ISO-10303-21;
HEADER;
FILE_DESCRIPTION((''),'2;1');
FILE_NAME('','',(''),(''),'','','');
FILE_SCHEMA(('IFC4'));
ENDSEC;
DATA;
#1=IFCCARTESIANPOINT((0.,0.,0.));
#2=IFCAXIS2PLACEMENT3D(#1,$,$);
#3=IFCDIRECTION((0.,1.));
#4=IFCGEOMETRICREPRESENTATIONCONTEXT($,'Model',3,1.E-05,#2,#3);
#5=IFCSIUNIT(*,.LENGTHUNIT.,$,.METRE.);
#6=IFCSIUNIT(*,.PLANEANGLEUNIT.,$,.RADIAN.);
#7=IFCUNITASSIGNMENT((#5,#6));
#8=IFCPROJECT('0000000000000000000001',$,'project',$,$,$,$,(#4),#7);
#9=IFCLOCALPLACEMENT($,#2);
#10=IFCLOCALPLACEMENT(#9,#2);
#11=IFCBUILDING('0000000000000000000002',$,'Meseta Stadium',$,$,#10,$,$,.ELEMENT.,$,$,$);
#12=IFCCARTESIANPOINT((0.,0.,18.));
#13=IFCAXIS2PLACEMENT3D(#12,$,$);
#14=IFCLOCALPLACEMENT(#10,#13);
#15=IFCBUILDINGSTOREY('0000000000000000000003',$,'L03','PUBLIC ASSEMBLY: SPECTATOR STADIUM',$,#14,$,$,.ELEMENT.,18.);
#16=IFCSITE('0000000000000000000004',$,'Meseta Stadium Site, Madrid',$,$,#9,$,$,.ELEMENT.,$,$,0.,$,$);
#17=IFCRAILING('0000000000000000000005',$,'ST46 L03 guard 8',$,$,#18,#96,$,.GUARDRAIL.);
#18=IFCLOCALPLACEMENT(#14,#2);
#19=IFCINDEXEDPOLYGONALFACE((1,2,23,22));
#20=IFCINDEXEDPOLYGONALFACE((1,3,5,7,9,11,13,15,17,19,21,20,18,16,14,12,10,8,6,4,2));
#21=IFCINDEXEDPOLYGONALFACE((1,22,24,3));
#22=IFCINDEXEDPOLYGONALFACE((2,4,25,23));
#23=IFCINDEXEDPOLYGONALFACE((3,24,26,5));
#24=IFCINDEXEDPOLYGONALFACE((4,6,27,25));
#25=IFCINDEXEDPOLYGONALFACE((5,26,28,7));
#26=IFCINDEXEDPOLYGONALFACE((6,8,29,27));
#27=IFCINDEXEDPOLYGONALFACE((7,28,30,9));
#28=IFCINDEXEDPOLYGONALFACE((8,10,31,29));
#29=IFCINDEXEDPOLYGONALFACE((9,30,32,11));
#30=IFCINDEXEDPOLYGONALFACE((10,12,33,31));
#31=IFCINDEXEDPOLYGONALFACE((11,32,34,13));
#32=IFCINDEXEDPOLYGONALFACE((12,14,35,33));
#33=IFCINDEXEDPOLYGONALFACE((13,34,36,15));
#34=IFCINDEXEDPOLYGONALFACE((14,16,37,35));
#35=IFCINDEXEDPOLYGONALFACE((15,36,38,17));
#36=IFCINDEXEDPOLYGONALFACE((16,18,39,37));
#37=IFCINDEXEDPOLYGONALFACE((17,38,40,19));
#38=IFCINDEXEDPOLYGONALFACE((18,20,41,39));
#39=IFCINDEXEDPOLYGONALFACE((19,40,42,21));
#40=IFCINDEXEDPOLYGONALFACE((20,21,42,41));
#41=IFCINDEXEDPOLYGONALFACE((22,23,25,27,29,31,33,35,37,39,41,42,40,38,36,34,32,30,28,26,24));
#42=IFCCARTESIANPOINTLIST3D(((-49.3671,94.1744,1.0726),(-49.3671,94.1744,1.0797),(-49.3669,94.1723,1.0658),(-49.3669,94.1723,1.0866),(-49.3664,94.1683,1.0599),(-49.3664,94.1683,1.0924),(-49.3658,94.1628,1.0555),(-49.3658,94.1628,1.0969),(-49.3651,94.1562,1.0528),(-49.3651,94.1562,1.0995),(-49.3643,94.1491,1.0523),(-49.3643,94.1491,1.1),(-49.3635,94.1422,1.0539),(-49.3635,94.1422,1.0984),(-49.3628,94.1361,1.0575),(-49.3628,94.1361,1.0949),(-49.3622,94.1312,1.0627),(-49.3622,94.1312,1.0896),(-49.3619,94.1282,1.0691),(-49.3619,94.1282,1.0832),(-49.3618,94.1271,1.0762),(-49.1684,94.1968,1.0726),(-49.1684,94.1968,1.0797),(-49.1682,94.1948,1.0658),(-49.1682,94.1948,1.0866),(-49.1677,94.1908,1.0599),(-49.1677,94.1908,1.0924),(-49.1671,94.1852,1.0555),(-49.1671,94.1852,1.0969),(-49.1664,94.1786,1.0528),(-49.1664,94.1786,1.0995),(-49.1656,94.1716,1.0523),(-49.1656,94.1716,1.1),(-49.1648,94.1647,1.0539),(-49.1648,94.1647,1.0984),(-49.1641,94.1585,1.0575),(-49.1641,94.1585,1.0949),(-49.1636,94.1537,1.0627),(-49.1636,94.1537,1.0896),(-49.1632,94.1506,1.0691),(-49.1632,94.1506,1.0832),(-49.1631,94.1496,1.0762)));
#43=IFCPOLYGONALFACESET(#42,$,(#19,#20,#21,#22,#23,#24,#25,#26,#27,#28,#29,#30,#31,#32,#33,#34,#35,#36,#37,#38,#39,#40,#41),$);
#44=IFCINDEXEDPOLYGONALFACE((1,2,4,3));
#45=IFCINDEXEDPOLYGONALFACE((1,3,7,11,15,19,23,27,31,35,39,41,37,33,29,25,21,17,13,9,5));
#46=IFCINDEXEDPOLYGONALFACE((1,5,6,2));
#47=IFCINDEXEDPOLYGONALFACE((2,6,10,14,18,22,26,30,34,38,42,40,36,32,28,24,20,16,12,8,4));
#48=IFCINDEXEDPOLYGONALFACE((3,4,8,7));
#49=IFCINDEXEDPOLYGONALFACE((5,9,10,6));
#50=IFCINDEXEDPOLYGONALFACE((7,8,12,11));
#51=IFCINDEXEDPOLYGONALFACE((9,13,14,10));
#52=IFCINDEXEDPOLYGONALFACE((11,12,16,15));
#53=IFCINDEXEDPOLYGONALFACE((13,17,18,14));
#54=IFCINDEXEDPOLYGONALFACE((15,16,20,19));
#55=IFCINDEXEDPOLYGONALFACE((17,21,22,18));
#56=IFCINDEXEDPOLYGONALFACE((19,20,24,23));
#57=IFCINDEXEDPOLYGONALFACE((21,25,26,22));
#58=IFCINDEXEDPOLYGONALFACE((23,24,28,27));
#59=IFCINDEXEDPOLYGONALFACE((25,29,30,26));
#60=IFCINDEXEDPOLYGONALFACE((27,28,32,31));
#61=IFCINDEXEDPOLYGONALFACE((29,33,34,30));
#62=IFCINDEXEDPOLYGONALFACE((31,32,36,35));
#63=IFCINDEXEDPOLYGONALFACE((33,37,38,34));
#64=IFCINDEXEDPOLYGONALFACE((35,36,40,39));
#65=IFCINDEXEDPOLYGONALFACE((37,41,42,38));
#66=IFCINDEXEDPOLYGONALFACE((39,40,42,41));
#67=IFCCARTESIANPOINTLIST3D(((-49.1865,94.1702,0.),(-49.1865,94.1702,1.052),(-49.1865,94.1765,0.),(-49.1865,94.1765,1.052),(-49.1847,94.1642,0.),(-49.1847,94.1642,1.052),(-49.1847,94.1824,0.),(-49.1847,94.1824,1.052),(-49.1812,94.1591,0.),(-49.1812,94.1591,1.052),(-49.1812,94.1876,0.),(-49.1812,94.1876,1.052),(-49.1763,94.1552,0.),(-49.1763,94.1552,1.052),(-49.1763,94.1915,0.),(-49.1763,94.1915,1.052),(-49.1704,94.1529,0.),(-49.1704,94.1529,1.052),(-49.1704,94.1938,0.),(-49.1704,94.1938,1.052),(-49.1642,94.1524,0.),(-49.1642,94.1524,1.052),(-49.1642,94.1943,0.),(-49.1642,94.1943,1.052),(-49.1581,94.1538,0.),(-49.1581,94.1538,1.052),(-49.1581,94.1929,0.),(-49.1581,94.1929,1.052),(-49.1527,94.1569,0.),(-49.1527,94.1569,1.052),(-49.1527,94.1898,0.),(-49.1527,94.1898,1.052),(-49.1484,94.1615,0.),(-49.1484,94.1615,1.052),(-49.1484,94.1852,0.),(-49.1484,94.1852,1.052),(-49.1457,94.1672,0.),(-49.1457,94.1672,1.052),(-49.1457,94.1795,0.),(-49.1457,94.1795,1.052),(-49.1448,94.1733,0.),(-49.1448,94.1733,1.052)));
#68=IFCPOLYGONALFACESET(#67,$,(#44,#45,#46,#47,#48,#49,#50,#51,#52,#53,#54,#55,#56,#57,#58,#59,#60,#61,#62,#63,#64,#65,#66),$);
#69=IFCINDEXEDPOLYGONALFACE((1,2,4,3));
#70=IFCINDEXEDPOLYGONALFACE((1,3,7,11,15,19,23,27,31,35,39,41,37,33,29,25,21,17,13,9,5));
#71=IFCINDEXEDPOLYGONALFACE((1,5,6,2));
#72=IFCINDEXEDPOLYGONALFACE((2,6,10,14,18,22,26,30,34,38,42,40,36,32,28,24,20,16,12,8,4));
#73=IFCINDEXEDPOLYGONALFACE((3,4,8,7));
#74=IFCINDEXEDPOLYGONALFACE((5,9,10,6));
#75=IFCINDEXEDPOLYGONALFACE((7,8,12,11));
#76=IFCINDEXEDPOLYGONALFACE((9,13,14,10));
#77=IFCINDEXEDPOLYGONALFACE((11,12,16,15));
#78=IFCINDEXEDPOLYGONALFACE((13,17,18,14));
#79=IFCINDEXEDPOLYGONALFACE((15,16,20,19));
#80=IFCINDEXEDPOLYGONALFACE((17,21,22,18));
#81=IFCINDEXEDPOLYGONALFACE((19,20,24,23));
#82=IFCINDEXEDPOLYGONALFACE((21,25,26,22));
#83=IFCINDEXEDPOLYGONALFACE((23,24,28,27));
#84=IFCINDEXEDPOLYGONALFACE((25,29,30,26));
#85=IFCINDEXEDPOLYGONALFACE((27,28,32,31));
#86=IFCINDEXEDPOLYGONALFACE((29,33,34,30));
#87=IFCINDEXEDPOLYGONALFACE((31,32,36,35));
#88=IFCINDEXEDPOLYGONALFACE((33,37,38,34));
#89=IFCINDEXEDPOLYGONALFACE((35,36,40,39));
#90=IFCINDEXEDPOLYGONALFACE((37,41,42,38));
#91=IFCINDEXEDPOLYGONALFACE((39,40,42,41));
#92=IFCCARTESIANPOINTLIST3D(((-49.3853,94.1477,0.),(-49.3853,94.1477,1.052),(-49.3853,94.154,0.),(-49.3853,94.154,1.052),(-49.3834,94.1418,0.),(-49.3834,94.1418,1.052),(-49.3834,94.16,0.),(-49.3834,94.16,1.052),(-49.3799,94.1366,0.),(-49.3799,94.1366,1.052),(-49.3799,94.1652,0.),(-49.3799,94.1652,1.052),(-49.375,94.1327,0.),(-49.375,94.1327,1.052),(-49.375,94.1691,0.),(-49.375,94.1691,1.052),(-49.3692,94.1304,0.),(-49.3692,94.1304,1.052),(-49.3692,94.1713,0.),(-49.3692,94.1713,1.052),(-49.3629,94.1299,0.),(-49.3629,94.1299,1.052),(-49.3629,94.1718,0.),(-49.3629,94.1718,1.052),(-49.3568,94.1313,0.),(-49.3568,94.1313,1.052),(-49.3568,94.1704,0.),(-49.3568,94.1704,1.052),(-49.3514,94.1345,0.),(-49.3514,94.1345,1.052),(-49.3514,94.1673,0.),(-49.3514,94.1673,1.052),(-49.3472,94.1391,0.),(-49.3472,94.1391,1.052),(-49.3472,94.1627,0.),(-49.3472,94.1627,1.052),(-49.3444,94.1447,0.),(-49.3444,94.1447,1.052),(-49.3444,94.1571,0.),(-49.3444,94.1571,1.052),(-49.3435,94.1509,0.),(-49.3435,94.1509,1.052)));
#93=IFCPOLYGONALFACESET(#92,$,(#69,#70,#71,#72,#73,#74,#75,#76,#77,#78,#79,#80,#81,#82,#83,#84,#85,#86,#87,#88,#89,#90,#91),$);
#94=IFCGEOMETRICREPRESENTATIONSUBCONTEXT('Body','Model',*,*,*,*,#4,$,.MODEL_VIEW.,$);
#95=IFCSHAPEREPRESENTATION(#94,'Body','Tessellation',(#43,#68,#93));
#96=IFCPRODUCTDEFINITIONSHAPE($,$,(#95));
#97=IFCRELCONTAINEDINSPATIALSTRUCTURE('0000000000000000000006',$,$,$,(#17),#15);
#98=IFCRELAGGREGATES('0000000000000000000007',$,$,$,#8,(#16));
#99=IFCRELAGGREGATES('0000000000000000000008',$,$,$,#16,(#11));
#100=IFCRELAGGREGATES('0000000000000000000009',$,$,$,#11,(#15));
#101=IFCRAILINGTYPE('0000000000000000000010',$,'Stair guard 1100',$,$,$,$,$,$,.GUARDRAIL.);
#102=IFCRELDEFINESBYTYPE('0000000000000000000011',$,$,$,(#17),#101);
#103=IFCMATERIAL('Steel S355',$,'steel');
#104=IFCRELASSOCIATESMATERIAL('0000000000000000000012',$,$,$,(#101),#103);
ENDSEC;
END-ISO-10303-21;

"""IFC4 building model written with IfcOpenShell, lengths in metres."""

from ifc_helpers import new_model, si_unit, direction, frame, origin, origin_2d, place, context, subcontext, project, spatial, circle, extrude, material, type_object, element, save


model = new_model("IFC4")

# Units and contexts
model_context = context("Model", 3, precision=1e-05, world=origin(), true_north=direction((0.0, 1.0)))
body_context = subcontext(model_context, "Body", "Model", "MODEL_VIEW")
ifc_project = project(units=[si_unit("LENGTHUNIT", "METRE"), si_unit("PLANEANGLEUNIT", "RADIAN")], contexts=[model_context])

# Site, building, storey
site_placement = place(None, origin())
site = spatial("IfcSite", under=ifc_project, at=site_placement, Name="Meseta Stadium Site, Madrid", CompositionType="ELEMENT", RefElevation=0.0)
building_placement = place(site_placement, origin())
building = spatial("IfcBuilding", under=site, at=building_placement, Name="Meseta Stadium", CompositionType="ELEMENT")
storey_placement = place(building_placement, frame((0.0, 0.0, 18.0)))
storey = spatial("IfcBuildingStorey", under=building, at=storey_placement, Name="L03", Description="PUBLIC ASSEMBLY: SPECTATOR STADIUM", CompositionType="ELEMENT", Elevation=18.0)

# Railing
ifc_material_1 = material(Name="Steel S355", Category="steel")
railing_type_1 = type_object("IfcRailingType", Name="Stair guard 1100", PredefinedType="GUARDRAIL", material=ifc_material_1)
railing_1_placement = place(storey_placement, frame((-49.1658, 94.1733, 0.0)))
element("IfcRailing", 1, at=railing_1_placement, inside=storey, type_object=railing_type_1, Name="ST46 L03 guard 8", PredefinedType="GUARDRAIL", context=body_context, shape_type="SweptSolid", body=[
    extrude(circle(Radius=0.0239, at=origin_2d()), frame((0.0, 0.0, 1.0762), z_axis=(-0.993674, -0.112307, 0.0), x_axis=(0.112307, -0.993674, 0.0)), (0.0, 0.0, 1.0), 0.2),
    extrude(circle(Radius=0.021, at=origin_2d()), origin(), (0.0, 0.0, 1.0), 1.052),
    extrude(circle(Radius=0.021, at=origin_2d()), frame((-0.1987, -0.0225, 0.0)), (0.0, 0.0, 1.0), 1.052),
])

save(model, "model.ifc")
